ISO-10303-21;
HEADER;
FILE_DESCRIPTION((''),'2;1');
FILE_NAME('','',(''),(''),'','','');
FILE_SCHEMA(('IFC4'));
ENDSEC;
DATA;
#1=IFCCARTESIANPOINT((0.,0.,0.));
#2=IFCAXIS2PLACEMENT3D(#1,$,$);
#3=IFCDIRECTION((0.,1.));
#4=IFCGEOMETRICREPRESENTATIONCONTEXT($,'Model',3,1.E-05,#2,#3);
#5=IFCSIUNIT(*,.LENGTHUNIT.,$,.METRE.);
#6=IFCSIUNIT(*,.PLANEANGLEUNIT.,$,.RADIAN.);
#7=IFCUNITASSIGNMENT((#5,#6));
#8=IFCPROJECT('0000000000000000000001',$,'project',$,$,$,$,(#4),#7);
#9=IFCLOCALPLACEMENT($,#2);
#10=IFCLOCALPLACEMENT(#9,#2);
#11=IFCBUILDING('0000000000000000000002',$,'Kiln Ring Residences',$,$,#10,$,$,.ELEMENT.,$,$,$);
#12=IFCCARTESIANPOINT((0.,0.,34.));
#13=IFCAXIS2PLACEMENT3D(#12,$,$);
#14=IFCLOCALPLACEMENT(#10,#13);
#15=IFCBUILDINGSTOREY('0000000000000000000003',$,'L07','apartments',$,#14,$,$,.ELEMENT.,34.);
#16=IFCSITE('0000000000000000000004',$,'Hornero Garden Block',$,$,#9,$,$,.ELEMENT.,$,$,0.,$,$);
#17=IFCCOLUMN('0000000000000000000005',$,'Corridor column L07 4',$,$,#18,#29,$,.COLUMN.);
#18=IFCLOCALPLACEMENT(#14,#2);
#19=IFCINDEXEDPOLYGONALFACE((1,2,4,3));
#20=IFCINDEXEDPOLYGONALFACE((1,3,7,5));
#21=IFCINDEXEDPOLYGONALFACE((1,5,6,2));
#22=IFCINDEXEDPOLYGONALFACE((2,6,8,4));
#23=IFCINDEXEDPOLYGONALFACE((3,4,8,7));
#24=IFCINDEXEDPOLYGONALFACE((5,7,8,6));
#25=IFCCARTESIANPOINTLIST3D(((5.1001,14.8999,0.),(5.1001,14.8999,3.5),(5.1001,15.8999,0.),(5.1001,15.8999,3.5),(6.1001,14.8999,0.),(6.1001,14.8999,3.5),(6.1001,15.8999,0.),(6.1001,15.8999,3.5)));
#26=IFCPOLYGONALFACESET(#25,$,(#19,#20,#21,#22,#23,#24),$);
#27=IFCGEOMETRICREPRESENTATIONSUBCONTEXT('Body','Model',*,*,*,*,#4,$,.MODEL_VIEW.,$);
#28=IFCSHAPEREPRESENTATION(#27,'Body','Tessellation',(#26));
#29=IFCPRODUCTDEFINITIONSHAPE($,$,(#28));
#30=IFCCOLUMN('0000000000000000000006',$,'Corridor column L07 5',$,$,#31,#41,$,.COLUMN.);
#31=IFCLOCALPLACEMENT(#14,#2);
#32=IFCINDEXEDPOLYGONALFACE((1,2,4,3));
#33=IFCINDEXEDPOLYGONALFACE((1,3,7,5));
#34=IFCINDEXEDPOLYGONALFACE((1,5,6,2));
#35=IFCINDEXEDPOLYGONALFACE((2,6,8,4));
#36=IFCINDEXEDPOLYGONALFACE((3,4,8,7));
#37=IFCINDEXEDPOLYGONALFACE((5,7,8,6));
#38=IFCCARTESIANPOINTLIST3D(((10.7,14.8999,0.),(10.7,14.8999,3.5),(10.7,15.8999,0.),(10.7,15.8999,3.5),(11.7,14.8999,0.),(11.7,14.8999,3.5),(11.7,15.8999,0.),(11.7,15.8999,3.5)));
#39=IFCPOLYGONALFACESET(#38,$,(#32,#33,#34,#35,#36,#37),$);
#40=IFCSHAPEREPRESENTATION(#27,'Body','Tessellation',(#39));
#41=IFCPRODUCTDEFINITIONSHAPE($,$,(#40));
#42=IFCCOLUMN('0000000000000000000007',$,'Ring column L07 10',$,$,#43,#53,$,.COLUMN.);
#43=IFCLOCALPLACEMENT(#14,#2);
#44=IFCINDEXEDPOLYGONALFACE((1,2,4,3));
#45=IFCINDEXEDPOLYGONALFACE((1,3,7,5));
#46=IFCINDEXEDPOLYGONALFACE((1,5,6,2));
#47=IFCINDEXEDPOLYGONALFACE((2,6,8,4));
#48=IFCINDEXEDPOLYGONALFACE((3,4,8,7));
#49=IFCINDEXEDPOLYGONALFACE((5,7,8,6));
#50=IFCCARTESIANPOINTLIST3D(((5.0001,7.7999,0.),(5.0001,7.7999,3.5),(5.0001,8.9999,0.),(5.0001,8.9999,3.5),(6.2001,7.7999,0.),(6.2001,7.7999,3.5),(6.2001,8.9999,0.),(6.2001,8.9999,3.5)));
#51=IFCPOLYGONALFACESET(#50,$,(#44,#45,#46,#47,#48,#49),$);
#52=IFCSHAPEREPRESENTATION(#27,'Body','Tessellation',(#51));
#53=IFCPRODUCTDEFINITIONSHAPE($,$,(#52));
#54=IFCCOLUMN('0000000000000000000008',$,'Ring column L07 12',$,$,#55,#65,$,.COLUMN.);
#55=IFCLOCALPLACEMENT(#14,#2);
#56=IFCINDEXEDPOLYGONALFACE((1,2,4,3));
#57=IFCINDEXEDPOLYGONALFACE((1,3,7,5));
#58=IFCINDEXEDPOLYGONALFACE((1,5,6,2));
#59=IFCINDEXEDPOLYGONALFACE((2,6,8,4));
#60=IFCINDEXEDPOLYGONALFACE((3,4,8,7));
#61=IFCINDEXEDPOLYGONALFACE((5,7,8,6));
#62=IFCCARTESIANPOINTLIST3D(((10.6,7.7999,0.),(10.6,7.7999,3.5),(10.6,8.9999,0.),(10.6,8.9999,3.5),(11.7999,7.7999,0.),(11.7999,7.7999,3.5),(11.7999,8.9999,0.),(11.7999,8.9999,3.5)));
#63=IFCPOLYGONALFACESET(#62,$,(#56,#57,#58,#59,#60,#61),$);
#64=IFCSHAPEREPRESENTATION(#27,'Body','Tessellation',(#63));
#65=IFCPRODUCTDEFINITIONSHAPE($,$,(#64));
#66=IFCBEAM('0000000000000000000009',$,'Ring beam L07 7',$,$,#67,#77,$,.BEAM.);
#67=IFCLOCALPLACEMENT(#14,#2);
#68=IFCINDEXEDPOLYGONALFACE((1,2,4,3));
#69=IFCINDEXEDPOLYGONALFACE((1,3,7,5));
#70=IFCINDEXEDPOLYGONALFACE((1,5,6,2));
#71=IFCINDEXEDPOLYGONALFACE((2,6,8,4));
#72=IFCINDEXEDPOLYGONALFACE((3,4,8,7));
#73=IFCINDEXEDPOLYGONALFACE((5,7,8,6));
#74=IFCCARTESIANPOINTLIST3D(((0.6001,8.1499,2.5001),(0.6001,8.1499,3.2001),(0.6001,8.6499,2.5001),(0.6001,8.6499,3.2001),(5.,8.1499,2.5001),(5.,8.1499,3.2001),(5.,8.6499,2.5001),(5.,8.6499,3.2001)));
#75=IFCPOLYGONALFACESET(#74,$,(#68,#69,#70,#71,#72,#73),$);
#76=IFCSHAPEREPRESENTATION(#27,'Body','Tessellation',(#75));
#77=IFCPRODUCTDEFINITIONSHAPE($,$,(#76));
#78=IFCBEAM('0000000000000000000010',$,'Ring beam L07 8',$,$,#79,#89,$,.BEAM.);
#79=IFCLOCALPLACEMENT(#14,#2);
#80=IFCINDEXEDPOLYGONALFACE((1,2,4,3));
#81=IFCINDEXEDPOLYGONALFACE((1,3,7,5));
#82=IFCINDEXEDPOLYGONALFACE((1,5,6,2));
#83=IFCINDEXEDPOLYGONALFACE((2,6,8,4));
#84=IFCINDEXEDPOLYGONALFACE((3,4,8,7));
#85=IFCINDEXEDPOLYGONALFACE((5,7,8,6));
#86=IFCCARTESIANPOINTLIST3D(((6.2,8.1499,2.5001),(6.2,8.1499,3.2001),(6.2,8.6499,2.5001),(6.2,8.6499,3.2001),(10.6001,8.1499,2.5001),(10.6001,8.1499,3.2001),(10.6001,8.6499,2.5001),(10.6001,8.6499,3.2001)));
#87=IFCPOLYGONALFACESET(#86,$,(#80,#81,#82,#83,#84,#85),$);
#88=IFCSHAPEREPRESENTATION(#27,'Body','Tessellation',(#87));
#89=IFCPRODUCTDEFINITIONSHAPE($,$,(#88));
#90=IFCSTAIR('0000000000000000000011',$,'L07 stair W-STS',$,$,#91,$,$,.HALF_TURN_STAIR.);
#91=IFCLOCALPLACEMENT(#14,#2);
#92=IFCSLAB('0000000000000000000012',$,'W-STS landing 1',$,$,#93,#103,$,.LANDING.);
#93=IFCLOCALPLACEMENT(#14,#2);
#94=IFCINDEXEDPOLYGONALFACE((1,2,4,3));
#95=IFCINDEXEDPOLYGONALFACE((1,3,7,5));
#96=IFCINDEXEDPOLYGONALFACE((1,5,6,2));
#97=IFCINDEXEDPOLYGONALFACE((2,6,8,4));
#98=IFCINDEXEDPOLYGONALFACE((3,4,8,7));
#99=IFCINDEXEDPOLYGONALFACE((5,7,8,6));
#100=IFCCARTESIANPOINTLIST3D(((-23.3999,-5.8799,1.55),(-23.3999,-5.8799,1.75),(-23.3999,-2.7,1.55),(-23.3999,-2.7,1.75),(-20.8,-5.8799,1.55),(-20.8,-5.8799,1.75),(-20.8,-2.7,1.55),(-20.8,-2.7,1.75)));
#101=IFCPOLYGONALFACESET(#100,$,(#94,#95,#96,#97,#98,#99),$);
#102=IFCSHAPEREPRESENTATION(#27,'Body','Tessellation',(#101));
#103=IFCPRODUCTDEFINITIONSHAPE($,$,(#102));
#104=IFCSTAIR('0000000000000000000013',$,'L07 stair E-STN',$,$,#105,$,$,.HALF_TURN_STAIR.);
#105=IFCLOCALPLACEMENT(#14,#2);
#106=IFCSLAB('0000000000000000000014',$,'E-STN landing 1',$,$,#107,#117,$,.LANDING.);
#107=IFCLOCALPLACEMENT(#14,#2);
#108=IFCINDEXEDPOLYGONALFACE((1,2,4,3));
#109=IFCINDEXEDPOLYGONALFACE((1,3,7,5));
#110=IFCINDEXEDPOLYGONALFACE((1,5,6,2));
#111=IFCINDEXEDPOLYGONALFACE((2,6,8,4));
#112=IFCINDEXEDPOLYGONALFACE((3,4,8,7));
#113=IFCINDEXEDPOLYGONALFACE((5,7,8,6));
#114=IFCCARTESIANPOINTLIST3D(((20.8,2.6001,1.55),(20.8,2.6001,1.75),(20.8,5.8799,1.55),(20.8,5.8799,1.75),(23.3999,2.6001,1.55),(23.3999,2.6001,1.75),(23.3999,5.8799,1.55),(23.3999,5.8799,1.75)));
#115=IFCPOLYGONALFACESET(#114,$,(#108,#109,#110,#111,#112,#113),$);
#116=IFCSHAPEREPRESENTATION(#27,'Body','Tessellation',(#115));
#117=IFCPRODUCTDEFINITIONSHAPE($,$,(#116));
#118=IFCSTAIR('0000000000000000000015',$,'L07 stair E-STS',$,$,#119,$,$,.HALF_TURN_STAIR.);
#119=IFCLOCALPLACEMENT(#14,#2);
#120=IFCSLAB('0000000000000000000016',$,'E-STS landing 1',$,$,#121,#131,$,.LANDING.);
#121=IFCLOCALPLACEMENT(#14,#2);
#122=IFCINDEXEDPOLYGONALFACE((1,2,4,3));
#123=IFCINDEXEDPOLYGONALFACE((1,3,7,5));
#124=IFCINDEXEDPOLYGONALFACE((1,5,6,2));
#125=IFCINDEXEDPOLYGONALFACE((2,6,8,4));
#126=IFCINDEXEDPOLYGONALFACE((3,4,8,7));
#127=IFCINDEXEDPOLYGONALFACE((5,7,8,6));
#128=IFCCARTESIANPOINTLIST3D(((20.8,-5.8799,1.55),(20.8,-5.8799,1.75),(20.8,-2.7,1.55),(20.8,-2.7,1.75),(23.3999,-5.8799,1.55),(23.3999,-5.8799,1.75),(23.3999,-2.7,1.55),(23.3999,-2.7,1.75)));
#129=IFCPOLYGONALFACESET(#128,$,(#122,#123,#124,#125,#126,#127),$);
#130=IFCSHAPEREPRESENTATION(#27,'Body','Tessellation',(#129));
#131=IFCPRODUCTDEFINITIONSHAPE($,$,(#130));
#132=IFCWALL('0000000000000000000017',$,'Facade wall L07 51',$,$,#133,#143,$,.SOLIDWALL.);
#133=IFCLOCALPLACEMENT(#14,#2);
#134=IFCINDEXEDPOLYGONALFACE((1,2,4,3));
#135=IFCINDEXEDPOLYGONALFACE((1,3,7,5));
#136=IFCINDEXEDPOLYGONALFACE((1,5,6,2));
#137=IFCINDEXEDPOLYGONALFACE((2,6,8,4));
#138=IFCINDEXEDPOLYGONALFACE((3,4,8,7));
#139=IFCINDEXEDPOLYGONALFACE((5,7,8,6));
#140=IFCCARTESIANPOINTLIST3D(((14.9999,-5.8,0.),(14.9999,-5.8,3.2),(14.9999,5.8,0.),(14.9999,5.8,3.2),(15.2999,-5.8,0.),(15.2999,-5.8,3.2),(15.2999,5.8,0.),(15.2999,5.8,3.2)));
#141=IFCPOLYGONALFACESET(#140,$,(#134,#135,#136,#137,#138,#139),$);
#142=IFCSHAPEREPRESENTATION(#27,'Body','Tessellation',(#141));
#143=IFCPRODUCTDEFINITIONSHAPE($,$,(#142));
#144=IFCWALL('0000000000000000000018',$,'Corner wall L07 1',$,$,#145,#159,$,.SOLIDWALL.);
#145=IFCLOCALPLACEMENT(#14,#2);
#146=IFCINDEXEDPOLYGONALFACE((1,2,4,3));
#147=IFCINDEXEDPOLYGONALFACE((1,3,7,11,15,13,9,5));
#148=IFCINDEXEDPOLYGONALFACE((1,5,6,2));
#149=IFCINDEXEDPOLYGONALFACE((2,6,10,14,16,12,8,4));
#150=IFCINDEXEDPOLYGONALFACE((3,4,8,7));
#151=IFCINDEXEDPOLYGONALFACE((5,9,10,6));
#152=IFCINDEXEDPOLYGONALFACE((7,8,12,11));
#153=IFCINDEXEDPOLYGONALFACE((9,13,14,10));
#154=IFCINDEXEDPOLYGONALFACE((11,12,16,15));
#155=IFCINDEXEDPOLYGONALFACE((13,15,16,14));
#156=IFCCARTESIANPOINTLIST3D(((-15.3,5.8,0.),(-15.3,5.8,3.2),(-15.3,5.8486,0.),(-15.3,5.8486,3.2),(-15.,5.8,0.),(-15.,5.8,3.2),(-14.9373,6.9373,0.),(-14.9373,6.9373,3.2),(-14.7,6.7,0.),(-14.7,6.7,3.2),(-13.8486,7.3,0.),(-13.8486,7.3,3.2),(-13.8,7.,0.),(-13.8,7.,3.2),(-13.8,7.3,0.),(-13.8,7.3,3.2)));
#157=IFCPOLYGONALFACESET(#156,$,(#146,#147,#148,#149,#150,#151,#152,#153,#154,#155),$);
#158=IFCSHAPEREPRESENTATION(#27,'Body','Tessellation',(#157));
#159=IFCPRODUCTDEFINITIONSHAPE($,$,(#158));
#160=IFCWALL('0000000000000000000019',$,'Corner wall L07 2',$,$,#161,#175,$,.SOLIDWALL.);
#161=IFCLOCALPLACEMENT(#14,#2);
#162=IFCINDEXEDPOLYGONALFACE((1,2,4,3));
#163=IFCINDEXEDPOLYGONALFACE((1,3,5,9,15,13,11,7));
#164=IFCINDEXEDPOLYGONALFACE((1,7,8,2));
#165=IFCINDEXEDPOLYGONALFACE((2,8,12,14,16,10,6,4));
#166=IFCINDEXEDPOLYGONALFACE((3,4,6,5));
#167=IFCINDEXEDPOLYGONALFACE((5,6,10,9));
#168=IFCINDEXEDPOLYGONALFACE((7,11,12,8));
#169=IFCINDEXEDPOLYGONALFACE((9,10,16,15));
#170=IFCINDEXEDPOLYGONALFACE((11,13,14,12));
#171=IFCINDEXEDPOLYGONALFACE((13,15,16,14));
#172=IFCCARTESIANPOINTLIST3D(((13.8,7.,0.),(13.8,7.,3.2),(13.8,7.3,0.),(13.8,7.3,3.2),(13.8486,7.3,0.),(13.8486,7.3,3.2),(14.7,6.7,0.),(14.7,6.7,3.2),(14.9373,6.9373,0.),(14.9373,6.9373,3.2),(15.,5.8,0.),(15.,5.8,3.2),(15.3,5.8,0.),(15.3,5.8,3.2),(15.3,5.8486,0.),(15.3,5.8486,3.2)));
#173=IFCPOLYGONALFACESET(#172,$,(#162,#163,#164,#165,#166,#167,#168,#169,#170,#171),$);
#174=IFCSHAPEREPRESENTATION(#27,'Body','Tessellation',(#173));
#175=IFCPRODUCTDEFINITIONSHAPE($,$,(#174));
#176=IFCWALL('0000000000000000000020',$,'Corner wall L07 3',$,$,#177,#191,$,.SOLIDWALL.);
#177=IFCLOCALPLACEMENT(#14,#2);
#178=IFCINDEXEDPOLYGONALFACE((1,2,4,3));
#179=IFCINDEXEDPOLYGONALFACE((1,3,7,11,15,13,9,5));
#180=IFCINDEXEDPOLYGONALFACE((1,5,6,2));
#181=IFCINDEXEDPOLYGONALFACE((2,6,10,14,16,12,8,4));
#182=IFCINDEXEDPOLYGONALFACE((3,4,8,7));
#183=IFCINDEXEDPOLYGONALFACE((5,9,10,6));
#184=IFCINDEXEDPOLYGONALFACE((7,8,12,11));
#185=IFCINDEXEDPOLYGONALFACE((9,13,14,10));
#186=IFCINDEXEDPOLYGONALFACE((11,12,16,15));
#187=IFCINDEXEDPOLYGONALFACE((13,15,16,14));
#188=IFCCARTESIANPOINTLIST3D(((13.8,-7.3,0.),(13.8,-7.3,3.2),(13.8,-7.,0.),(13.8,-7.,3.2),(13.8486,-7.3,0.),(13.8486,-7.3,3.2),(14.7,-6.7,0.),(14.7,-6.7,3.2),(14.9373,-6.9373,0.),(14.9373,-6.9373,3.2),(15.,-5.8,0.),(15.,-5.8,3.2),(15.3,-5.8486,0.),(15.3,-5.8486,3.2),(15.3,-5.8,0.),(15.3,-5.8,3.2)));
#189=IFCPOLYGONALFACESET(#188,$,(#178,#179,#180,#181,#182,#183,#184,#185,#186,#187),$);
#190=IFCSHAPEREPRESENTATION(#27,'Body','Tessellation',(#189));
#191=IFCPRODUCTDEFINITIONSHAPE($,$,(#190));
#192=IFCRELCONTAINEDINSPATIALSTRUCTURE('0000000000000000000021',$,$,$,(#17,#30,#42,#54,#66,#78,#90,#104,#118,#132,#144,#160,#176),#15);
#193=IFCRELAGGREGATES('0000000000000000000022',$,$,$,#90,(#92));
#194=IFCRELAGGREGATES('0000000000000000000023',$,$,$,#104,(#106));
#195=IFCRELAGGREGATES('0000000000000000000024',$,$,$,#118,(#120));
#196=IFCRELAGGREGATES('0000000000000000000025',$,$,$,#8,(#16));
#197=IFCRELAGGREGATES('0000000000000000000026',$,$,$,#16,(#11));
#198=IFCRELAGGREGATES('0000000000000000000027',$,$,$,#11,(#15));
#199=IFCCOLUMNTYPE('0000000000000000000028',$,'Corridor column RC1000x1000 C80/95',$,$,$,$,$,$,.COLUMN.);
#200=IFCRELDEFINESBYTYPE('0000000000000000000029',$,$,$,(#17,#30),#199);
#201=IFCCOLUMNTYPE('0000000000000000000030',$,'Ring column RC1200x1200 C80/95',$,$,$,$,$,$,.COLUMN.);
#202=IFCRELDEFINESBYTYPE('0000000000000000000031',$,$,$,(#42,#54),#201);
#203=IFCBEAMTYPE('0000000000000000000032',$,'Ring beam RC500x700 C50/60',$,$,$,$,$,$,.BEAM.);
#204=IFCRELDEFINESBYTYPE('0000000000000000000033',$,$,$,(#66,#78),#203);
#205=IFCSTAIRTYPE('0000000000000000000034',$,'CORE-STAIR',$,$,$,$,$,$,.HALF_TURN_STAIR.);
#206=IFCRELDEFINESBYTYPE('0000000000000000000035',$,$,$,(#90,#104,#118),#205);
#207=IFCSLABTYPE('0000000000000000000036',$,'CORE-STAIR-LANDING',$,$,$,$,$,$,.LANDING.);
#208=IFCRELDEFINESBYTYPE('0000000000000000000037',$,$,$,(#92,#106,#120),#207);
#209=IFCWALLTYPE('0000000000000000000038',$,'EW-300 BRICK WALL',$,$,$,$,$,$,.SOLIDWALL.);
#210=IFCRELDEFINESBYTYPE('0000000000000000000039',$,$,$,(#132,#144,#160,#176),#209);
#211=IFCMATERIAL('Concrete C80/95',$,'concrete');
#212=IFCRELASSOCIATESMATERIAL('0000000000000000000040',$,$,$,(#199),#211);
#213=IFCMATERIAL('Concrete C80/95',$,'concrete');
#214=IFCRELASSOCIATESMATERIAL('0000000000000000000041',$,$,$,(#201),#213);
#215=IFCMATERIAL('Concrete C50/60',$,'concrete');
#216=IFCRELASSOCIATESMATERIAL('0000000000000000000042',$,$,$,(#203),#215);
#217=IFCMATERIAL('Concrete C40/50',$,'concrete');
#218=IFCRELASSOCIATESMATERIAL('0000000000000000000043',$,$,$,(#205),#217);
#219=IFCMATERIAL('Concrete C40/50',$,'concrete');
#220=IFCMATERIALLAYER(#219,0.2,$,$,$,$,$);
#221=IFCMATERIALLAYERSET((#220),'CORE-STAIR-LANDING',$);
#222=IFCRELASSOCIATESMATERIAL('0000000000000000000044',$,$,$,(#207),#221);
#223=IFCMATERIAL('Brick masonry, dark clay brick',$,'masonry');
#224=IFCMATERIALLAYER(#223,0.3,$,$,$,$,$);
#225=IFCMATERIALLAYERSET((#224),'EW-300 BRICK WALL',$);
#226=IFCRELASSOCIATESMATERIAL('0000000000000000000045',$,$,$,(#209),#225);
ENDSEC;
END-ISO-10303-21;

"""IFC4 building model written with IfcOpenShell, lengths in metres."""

from ifc_helpers import new_model, si_unit, direction, frame, frame_2d, origin, origin_2d, place, context, subcontext, project, spatial, polyline, rectangle, outline, extrude, material, layer, layer_set, material_profile, profile_set, type_object, element, aggregate, save


model = new_model("IFC4")

# Units and contexts
model_context = context("Model", 3, precision=1e-05, world=origin(), true_north=direction((0.0, 1.0)))
body_context = subcontext(model_context, "Body", "Model", "MODEL_VIEW")
ifc_project = project(units=[si_unit("LENGTHUNIT", "METRE"), si_unit("PLANEANGLEUNIT", "RADIAN")], contexts=[model_context])

# Site, building, storey
site_placement = place(None, origin())
site = spatial("IfcSite", under=ifc_project, at=site_placement, Name="Hornero Garden Block", CompositionType="ELEMENT", RefElevation=0.0)
building_placement = place(site_placement, origin())
building = spatial("IfcBuilding", under=site, at=building_placement, Name="Kiln Ring Residences", CompositionType="ELEMENT")
storey_placement = place(building_placement, frame((0.0, 0.0, 34.0)))
storey = spatial("IfcBuildingStorey", under=building, at=storey_placement, Name="L07", Description="apartments", CompositionType="ELEMENT", Elevation=34.0)

# Columns
ifc_material_1 = material(Name="Concrete C80/95", Category="concrete")
ifc_material_profile_1 = material_profile(ifc_material_1, rectangle(XDim=1.0, YDim=1.0, at=origin_2d()), Name="RC1000x1000")
ifc_profile_set_1 = profile_set([ifc_material_profile_1], Name="Concrete C80/95")
column_type_1 = type_object("IfcColumnType", Name="Corridor column RC1000x1000 C80/95", PredefinedType="COLUMN", material=ifc_profile_set_1)
for number, where, z_axis, x_axis, name in (
    (1, (5.6001, 15.3999, 0.0), (0.0, 0.0, 1.0), (1.0, 0.0, 0.0), "Corridor column L07 4"),
    (2, (11.2, 15.3999, 0.0), (0.0, 0.0, 1.0), (1.0, 0.0, 0.0), "Corridor column L07 5"),
):
    element("IfcColumn", number, at=place(storey_placement, frame(where, z_axis=z_axis, x_axis=x_axis)), inside=storey, type_object=column_type_1, Name=name, PredefinedType="COLUMN", context=body_context, shape_type="SweptSolid", body=[
        extrude(rectangle(XDim=1.0, YDim=1.0, at=origin_2d()), origin(), (0.0, 0.0, 1.0), 3.5),
    ])
ifc_material_2 = material(Name="Concrete C80/95", Category="concrete")
ifc_material_profile_2 = material_profile(ifc_material_2, rectangle(XDim=1.2, YDim=1.2, at=origin_2d()), Name="RC1200x1200")
ifc_profile_set_2 = profile_set([ifc_material_profile_2], Name="Concrete C80/95")
column_type_2 = type_object("IfcColumnType", Name="Ring column RC1200x1200 C80/95", PredefinedType="COLUMN", material=ifc_profile_set_2)
for number, where, z_axis, x_axis, name in (
    (3, (5.6001, 8.3999, 0.0), (0.0, 0.0, 1.0), (1.0, 0.0, 0.0), "Ring column L07 10"),
    (4, (11.2, 8.3999, 0.0), (0.0, 0.0, 1.0), (1.0, 0.0, 0.0), "Ring column L07 12"),
):
    element("IfcColumn", number, at=place(storey_placement, frame(where, z_axis=z_axis, x_axis=x_axis)), inside=storey, type_object=column_type_2, Name=name, PredefinedType="COLUMN", context=body_context, shape_type="SweptSolid", body=[
        extrude(rectangle(XDim=1.2, YDim=1.2, at=origin_2d()), origin(), (0.0, 0.0, 1.0), 3.5),
    ])

# Beams
ifc_material_3 = material(Name="Concrete C50/60", Category="concrete")
ifc_material_profile_3 = material_profile(ifc_material_3, rectangle(XDim=0.5, YDim=0.7, at=origin_2d()), Name="RC500x700")
ifc_profile_set_3 = profile_set([ifc_material_profile_3], Name="Concrete C50/60")
beam_type = type_object("IfcBeamType", Name="Ring beam RC500x700 C50/60", PredefinedType="BEAM", material=ifc_profile_set_3)
beam_1_placement = place(storey_placement, frame((0.6001, 8.3999, 2.8501), z_axis=(1.0, 0.0, 0.0), x_axis=(0.0, 1.0, 0.0)))
element("IfcBeam", 5, at=beam_1_placement, inside=storey, type_object=beam_type, Name="Ring beam L07 7", PredefinedType="BEAM", context=body_context, shape_type="SweptSolid", body=[
    extrude(rectangle(XDim=0.5, YDim=0.7, at=origin_2d()), origin(), (0.0, 0.0, 1.0), 4.3999),
])
beam_2_placement = place(storey_placement, frame((6.2, 8.3999, 2.8501), z_axis=(1.0, 0.0, 0.0), x_axis=(0.0, 1.0, 0.0)))
element("IfcBeam", 6, at=beam_2_placement, inside=storey, type_object=beam_type, Name="Ring beam L07 8", PredefinedType="BEAM", context=body_context, shape_type="SweptSolid", body=[
    extrude(rectangle(XDim=0.5, YDim=0.7, at=origin_2d()), origin(), (0.0, 0.0, 1.0), 4.4001),
])

# Stairs, slabs
ifc_material_4 = material(Name="Concrete C40/50", Category="concrete")
stair_type = type_object("IfcStairType", Name="CORE-STAIR", PredefinedType="HALF_TURN_STAIR", material=ifc_material_4)
placement_1 = place(storey_placement, origin())
stair_1 = element("IfcStair", 7, at=placement_1, inside=storey, type_object=stair_type, Name="L07 stair W-STS", PredefinedType="HALF_TURN_STAIR")
ifc_material_5 = material(Name="Concrete C40/50", Category="concrete")
ifc_layer_1 = layer(ifc_material_5, 0.2)
ifc_layer_set_1 = layer_set([ifc_layer_1], Name="CORE-STAIR-LANDING")
slab_type = type_object("IfcSlabType", Name="CORE-STAIR-LANDING", PredefinedType="LANDING", material=ifc_layer_set_1)
placement_2 = place(storey_placement, frame((0.0, 0.0, 1.55)))
slab_1 = element("IfcSlab", 8, at=placement_2, type_object=slab_type, Name="W-STS landing 1", PredefinedType="LANDING", context=body_context, shape_type="SweptSolid", body=[
    extrude(outline(polyline([(-20.8, -5.8799), (-20.8, -2.7), (-23.3999, -2.7), (-23.3999, -5.8799), (-20.8, -5.8799)])), origin(), (0.0, 0.0, 1.0), 0.2),
])
aggregate(stair_1, [slab_1])
stair_2 = element("IfcStair", 9, at=placement_1, inside=storey, type_object=stair_type, Name="L07 stair E-STN", PredefinedType="HALF_TURN_STAIR")
slab_2 = element("IfcSlab", 10, at=placement_2, type_object=slab_type, Name="E-STN landing 1", PredefinedType="LANDING", context=body_context, shape_type="SweptSolid", body=[
    extrude(outline(polyline([(20.8, 5.8799), (20.8, 2.6001), (23.3999, 2.6001), (23.3999, 5.8799), (20.8, 5.8799)])), origin(), (0.0, 0.0, 1.0), 0.2),
])
aggregate(stair_2, [slab_2])
stair_3 = element("IfcStair", 11, at=placement_1, inside=storey, type_object=stair_type, Name="L07 stair E-STS", PredefinedType="HALF_TURN_STAIR")
slab_3 = element("IfcSlab", 12, at=placement_2, type_object=slab_type, Name="E-STS landing 1", PredefinedType="LANDING", context=body_context, shape_type="SweptSolid", body=[
    extrude(outline(polyline([(23.3999, -5.8799), (23.3999, -2.7), (20.8, -2.7), (20.8, -5.8799), (23.3999, -5.8799)])), origin(), (0.0, 0.0, 1.0), 0.2),
])
aggregate(stair_3, [slab_3])

# Walls
ifc_material_6 = material(Name="Brick masonry, dark clay brick", Category="masonry")
ifc_layer_2 = layer(ifc_material_6, 0.3)
ifc_layer_set_2 = layer_set([ifc_layer_2], Name="EW-300 BRICK WALL")
wall_type_1 = type_object("IfcWallType", Name="EW-300 BRICK WALL", PredefinedType="SOLIDWALL", material=ifc_layer_set_2)
wall_1_placement = place(storey_placement, frame((15.1499, 5.8, 0.0), z_axis=(0.0, 0.0, 1.0), x_axis=(0.0, -1.0, 0.0)))
element("IfcWall", 13, at=wall_1_placement, inside=storey, type_object=wall_type_1, Name="Facade wall L07 51", PredefinedType="SOLIDWALL", context=body_context, shape_type="SweptSolid", body=[
    extrude(rectangle(XDim=11.6001, YDim=0.3, at=frame_2d((5.8, 0.0))), origin(), (0.0, 0.0, 1.0), 3.2),
])
element("IfcWall", 14, at=placement_1, inside=storey, type_object=wall_type_1, Name="Corner wall L07 1", PredefinedType="SOLIDWALL", context=body_context, shape_type="SweptSolid", body=[
    extrude(outline(polyline([(-13.8486, 7.3), (-14.9373, 6.9373), (-15.3, 5.8486), (-15.3, 5.8), (-15.0, 5.8), (-14.7, 6.7), (-13.8, 7.0), (-13.8, 7.3), (-13.8486, 7.3)])), origin(), (0.0, 0.0, 1.0), 3.2),
])
element("IfcWall", 15, at=placement_1, inside=storey, type_object=wall_type_1, Name="Corner wall L07 2", PredefinedType="SOLIDWALL", context=body_context, shape_type="SweptSolid", body=[
    extrude(outline(polyline([(14.9373, 6.9373), (13.8486, 7.3), (13.8, 7.3), (13.8, 7.0), (14.7, 6.7), (15.0, 5.8), (15.3, 5.8), (15.3, 5.8486), (14.9373, 6.9373)])), origin(), (0.0, 0.0, 1.0), 3.2),
])
element("IfcWall", 16, at=placement_1, inside=storey, type_object=wall_type_1, Name="Corner wall L07 3", PredefinedType="SOLIDWALL", context=body_context, shape_type="SweptSolid", body=[
    extrude(outline(polyline([(14.9373, -6.9373), (15.3, -5.8486), (15.3, -5.8), (15.0, -5.8), (14.7, -6.7), (13.8, -7.0), (13.8, -7.3), (13.8486, -7.3), (14.9373, -6.9373)])), origin(), (0.0, 0.0, 1.0), 3.2),
])

save(model, "model.ifc")
